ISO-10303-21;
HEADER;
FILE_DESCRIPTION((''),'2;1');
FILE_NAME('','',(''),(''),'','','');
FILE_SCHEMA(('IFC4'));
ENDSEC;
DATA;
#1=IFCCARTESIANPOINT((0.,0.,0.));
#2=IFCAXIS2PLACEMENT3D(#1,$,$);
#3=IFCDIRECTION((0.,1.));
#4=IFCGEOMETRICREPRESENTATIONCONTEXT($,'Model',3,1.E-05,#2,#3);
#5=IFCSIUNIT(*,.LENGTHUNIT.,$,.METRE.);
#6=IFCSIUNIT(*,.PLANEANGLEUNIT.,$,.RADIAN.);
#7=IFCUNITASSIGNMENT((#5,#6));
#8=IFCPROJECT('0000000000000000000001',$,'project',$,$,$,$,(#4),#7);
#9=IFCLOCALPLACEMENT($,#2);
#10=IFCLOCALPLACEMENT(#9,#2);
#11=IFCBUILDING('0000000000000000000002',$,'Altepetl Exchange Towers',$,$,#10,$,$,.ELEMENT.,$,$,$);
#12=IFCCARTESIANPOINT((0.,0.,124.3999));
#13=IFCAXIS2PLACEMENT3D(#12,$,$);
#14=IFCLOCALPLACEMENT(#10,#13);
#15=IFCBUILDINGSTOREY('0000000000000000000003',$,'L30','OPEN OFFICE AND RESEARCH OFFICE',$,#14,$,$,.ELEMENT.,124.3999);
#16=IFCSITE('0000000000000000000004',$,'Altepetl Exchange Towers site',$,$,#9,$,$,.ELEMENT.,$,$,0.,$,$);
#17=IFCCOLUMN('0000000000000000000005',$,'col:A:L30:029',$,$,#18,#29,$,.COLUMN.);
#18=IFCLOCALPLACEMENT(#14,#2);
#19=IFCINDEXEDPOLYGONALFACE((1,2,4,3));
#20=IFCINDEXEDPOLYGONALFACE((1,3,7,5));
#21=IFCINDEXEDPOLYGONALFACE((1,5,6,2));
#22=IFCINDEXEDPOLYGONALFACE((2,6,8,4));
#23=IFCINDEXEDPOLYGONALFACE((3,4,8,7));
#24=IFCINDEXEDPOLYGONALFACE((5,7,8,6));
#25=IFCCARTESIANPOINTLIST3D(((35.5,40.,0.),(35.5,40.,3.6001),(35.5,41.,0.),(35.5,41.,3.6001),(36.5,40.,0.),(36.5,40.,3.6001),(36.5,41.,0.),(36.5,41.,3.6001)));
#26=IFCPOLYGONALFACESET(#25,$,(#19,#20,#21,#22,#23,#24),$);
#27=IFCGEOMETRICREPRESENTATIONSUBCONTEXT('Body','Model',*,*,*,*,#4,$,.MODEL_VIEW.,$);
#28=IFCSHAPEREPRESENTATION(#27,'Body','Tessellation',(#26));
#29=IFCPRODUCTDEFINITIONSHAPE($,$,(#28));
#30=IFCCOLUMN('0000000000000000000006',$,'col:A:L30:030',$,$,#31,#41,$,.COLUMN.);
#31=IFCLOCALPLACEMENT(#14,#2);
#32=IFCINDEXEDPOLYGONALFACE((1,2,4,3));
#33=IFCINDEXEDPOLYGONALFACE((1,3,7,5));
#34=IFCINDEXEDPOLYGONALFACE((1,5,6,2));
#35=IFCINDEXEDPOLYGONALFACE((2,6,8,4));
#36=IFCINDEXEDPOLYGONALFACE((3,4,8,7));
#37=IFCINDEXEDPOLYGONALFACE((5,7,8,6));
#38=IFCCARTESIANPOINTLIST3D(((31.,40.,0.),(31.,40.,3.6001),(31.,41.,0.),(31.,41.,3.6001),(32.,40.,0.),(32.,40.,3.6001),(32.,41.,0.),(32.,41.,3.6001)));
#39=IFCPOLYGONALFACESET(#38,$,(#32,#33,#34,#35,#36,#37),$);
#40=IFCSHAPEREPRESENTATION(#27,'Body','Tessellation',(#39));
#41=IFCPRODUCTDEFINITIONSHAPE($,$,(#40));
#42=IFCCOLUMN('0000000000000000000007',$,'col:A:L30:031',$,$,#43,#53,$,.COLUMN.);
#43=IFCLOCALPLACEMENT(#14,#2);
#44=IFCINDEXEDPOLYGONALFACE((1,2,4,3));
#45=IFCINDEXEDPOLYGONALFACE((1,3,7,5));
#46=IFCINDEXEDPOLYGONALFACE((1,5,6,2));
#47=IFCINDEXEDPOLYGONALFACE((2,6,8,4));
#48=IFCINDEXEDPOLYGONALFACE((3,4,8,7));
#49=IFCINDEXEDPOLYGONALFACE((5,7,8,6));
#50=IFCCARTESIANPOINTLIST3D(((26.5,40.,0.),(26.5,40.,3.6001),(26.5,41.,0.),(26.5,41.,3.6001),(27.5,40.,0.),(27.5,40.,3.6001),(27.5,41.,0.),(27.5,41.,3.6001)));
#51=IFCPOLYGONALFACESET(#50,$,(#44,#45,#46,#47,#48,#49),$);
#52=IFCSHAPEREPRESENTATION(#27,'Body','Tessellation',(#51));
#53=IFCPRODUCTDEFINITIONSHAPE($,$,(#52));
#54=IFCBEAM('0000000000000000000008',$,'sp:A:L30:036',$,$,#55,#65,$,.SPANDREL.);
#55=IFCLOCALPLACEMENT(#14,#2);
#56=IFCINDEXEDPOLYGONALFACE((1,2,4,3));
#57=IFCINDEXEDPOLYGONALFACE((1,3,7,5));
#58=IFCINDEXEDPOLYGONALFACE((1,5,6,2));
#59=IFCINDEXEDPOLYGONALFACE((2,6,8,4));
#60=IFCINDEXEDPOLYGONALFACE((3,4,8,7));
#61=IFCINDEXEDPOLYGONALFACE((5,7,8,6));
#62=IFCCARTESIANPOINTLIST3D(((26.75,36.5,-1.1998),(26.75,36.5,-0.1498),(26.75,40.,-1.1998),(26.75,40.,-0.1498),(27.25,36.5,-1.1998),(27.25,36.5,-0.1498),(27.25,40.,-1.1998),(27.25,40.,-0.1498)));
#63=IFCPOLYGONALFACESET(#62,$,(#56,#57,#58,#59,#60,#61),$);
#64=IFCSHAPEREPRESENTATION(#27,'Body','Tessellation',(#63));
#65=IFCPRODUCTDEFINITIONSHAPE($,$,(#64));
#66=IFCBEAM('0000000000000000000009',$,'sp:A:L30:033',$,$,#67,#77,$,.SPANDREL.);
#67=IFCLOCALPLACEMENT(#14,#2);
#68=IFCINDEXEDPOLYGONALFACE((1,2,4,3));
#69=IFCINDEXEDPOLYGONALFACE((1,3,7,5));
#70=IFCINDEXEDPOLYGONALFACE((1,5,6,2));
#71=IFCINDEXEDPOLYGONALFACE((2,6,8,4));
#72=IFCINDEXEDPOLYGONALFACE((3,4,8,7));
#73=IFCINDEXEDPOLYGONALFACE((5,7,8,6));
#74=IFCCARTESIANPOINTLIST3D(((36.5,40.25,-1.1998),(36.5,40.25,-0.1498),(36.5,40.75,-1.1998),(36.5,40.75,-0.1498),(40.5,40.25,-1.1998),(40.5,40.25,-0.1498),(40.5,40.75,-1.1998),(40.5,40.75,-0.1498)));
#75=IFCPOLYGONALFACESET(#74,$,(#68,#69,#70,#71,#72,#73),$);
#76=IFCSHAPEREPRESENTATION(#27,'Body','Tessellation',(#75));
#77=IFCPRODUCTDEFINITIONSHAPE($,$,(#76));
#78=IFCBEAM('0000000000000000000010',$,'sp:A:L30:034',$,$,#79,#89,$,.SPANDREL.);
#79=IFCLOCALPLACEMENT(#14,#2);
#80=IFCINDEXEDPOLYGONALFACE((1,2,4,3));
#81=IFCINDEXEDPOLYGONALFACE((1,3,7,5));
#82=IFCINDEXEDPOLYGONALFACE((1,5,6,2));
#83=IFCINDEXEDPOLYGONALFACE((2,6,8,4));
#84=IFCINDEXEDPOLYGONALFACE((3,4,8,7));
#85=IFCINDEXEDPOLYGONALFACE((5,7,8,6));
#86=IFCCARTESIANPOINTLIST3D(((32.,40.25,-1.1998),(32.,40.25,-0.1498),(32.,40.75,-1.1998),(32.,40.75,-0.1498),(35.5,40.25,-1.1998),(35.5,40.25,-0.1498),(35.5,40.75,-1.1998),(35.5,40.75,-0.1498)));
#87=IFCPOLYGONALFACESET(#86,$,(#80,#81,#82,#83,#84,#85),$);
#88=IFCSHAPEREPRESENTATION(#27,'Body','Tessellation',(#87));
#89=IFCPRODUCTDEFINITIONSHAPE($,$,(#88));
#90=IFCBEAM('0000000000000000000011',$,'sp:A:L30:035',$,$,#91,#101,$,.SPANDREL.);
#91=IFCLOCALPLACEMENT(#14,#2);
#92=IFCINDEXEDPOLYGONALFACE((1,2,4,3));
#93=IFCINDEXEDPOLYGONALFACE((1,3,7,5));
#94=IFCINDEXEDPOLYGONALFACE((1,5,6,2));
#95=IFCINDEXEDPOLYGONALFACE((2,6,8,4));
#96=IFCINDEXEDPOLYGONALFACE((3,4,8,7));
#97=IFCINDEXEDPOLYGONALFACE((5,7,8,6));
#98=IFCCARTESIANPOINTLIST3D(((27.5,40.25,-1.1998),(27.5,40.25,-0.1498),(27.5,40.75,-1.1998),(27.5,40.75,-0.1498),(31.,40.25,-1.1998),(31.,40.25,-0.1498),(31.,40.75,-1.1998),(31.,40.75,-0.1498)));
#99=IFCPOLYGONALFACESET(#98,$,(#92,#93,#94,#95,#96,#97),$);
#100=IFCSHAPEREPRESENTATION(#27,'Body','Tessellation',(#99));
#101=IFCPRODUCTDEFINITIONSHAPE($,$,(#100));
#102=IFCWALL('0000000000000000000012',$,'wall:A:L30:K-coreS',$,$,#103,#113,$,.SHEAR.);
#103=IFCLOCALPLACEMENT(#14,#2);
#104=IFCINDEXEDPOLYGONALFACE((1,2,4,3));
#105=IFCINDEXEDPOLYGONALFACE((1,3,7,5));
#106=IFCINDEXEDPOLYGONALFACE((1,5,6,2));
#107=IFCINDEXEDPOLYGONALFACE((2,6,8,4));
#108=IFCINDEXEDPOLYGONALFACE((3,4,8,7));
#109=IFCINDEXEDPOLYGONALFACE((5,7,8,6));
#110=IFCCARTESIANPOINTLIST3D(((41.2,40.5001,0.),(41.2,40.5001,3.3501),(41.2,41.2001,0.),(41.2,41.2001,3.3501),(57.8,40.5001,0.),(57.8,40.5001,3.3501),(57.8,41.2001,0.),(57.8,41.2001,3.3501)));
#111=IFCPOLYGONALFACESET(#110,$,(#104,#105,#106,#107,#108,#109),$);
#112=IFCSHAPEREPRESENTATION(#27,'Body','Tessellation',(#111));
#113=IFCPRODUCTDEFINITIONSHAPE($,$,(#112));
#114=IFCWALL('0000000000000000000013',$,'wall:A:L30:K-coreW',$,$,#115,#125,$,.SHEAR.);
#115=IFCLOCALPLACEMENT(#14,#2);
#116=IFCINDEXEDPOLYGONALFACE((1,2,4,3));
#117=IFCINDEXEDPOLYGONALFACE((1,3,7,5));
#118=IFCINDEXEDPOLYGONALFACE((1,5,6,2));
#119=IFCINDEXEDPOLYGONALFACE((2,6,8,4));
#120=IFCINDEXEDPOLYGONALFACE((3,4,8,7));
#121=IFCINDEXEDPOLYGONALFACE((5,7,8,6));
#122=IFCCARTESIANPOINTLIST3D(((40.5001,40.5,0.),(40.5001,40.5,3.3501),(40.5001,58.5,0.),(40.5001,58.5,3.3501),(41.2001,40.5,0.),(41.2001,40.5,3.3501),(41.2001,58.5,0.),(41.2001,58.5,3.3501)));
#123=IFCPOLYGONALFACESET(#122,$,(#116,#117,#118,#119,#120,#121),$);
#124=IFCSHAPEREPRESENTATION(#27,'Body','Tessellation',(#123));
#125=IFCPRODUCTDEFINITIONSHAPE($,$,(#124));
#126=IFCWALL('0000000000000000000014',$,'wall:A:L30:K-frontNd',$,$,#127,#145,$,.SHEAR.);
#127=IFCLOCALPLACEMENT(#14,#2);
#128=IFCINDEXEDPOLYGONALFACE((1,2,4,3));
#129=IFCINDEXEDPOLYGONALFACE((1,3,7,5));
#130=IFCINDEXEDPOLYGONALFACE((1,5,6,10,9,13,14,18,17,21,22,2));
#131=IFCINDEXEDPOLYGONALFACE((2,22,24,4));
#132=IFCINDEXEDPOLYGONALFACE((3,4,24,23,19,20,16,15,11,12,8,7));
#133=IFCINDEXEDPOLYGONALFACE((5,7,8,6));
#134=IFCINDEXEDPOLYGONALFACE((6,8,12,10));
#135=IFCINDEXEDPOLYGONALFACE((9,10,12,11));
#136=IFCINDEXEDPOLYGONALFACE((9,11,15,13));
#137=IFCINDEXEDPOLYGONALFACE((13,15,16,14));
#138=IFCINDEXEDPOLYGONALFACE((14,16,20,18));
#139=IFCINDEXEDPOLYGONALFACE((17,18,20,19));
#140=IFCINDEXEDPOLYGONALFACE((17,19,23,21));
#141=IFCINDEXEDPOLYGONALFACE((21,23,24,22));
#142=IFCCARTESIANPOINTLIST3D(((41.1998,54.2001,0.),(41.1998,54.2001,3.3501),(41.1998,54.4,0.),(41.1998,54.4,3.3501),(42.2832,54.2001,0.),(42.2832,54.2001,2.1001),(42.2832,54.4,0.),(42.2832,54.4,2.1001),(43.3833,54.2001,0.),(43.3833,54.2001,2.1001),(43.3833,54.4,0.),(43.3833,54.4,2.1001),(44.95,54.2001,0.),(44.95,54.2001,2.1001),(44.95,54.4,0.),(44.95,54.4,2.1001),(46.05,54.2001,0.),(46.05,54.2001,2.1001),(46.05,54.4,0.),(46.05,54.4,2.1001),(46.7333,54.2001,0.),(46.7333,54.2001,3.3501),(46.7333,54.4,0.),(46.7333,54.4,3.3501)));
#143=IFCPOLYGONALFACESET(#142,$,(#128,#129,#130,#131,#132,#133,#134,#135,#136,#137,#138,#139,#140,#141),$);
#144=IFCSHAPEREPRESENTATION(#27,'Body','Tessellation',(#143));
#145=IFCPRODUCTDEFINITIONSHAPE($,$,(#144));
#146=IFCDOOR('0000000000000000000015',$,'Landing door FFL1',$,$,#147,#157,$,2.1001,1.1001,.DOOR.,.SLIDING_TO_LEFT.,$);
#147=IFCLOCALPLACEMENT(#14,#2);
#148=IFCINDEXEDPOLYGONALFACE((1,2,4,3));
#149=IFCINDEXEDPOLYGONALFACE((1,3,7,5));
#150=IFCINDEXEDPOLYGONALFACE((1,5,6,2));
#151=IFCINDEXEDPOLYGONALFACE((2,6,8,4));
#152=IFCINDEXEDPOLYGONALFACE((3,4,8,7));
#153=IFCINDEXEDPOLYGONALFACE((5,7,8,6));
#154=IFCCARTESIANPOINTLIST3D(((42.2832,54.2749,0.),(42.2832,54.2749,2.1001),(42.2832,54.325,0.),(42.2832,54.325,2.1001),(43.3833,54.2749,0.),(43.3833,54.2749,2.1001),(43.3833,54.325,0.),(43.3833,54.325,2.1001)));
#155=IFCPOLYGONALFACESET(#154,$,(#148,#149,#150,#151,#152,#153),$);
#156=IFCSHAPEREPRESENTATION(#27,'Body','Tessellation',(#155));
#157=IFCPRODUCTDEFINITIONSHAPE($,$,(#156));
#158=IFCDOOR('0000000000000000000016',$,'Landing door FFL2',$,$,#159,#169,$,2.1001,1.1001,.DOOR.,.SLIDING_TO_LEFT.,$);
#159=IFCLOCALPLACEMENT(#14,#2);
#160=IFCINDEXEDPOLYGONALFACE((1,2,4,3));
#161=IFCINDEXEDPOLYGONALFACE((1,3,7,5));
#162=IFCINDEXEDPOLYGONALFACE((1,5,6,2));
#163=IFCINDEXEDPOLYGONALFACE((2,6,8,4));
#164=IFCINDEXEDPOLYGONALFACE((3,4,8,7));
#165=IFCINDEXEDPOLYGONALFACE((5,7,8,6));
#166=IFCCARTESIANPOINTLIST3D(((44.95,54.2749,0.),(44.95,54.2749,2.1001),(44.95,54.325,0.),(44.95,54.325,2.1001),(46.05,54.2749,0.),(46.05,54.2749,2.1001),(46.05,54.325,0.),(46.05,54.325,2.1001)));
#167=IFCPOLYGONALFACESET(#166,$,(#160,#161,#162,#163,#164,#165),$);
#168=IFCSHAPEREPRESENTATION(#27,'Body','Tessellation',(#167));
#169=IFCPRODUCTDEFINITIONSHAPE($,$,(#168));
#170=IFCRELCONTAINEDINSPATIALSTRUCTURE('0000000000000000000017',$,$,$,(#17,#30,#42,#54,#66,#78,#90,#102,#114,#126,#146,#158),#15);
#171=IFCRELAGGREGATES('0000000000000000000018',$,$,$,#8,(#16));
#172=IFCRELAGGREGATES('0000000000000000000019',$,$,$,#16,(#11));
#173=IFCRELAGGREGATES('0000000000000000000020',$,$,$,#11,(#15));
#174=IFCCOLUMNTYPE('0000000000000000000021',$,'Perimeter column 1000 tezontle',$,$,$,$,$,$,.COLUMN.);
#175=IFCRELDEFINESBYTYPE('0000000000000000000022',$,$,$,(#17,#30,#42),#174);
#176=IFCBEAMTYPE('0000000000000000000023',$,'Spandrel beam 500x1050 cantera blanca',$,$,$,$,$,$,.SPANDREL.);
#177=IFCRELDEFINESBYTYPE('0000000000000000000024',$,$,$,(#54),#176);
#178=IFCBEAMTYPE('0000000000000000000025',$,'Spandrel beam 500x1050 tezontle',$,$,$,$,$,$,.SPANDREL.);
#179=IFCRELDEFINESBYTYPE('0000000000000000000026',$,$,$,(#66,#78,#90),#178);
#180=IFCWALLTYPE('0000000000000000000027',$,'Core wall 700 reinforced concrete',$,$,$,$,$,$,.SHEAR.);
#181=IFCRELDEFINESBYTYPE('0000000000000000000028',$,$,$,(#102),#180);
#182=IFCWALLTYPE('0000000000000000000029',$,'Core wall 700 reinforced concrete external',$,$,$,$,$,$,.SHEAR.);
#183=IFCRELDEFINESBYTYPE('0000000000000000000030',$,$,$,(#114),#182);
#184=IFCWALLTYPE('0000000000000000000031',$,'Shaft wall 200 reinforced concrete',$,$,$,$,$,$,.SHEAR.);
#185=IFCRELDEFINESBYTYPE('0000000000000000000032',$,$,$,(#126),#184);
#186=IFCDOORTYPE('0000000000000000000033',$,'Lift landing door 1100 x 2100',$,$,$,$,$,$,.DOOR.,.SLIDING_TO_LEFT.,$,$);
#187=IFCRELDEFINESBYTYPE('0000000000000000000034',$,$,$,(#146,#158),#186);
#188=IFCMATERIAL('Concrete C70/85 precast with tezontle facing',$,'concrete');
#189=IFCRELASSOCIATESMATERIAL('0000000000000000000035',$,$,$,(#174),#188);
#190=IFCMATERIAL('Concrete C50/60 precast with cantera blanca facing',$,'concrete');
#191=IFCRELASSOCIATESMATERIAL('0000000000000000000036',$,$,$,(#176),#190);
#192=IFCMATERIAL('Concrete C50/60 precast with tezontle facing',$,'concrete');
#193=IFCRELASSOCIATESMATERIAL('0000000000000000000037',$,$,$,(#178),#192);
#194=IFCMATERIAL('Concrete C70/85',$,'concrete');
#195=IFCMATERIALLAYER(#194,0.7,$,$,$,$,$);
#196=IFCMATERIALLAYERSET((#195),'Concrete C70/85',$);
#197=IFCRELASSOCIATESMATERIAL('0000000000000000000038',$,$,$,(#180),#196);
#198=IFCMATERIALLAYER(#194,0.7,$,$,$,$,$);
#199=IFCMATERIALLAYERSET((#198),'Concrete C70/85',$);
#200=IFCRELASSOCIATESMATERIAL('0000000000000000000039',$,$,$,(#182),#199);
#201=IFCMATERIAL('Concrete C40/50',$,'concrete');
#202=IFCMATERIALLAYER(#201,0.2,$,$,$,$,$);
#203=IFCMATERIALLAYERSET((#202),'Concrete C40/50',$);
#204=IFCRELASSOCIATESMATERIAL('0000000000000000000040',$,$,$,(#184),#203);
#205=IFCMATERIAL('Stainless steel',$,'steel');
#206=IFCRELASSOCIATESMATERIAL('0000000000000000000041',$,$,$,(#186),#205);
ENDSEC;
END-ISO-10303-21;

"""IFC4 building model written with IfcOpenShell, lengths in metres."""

from ifc_helpers import new_model, si_unit, direction, frame, frame_2d, origin, origin_2d, place, context, subcontext, project, spatial, rectangle, extrude, material, layer, layer_set, material_profile, profile_set, type_object, element, fill, save


model = new_model("IFC4")

# Units and contexts
model_context = context("Model", 3, precision=1e-05, world=origin(), true_north=direction((0.0, 1.0)))
body_context = subcontext(model_context, "Body", "Model", "MODEL_VIEW")
ifc_project = project(units=[si_unit("LENGTHUNIT", "METRE"), si_unit("PLANEANGLEUNIT", "RADIAN")], contexts=[model_context])

# Site, building, storey
site_placement = place(None, origin())
site = spatial("IfcSite", under=ifc_project, at=site_placement, Name="Altepetl Exchange Towers site", CompositionType="ELEMENT", RefElevation=0.0)
building_placement = place(site_placement, origin())
building = spatial("IfcBuilding", under=site, at=building_placement, Name="Altepetl Exchange Towers", CompositionType="ELEMENT")
storey_placement = place(building_placement, frame((0.0, 0.0, 124.3999)))
storey = spatial("IfcBuildingStorey", under=building, at=storey_placement, Name="L30", Description="OPEN OFFICE AND RESEARCH OFFICE", CompositionType="ELEMENT", Elevation=124.3999)

# Columns
ifc_material_1 = material(Name="Concrete C70/85 precast with tezontle facing", Category="concrete")
ifc_material_profile_1 = material_profile(ifc_material_1, rectangle(XDim=1.0, YDim=1.0, at=origin_2d()), Name="1000 x 1000")
ifc_profile_set_1 = profile_set([ifc_material_profile_1], Name="Concrete C70/85 precast with tezontle facing")
column_type = type_object("IfcColumnType", Name="Perimeter column 1000 tezontle", PredefinedType="COLUMN", material=ifc_profile_set_1)
for number, where, name in (
    (1, (36.0, 40.5, 0.0), "col:A:L30:029"),
    (2, (31.5, 40.5, 0.0), "col:A:L30:030"),
    (3, (27.0, 40.5, 0.0), "col:A:L30:031"),
):
    element("IfcColumn", number, at=place(storey_placement, frame(where)), inside=storey, type_object=column_type, Name=name, PredefinedType="COLUMN", context=body_context, shape_type="SweptSolid", body=[
        extrude(rectangle(XDim=1.0, YDim=1.0, at=origin_2d()), origin(), (0.0, 0.0, 1.0), 3.6001),
    ])

# Beams
ifc_material_2 = material(Name="Concrete C50/60 precast with cantera blanca facing", Category="concrete")
ifc_material_profile_2 = material_profile(ifc_material_2, rectangle(XDim=0.5, YDim=1.05, at=origin_2d()), Name="500 x 1050")
ifc_profile_set_2 = profile_set([ifc_material_profile_2], Name="Concrete C50/60 precast with cantera blanca facing")
beam_type_1 = type_object("IfcBeamType", Name="Spandrel beam 500x1050 cantera blanca", PredefinedType="SPANDREL", material=ifc_profile_set_2)
beam_1_placement = place(storey_placement, frame((27.0, 40.0, -0.6748), z_axis=(0.0, -1.0, 0.0), x_axis=(1.0, 0.0, 0.0)))
element("IfcBeam", 4, at=beam_1_placement, inside=storey, type_object=beam_type_1, Name="sp:A:L30:036", PredefinedType="SPANDREL", context=body_context, shape_type="SweptSolid", body=[
    extrude(rectangle(XDim=0.5, YDim=1.05, at=origin_2d()), origin(), (0.0, 0.0, 1.0), 3.5),
])
ifc_material_3 = material(Name="Concrete C50/60 precast with tezontle facing", Category="concrete")
ifc_material_profile_3 = material_profile(ifc_material_3, rectangle(XDim=0.5, YDim=1.05, at=origin_2d()), Name="500 x 1050")
ifc_profile_set_3 = profile_set([ifc_material_profile_3], Name="Concrete C50/60 precast with tezontle facing")
beam_type_2 = type_object("IfcBeamType", Name="Spandrel beam 500x1050 tezontle", PredefinedType="SPANDREL", material=ifc_profile_set_3)
beam_2_placement = place(storey_placement, frame((40.5, 40.5, -0.6748), z_axis=(-1.0, 0.0, 0.0), x_axis=(0.0, -1.0, 0.0)))
element("IfcBeam", 5, at=beam_2_placement, inside=storey, type_object=beam_type_2, Name="sp:A:L30:033", PredefinedType="SPANDREL", context=body_context, shape_type="SweptSolid", body=[
    extrude(rectangle(XDim=0.5, YDim=1.05, at=origin_2d()), origin(), (0.0, 0.0, 1.0), 4.0),
])
for number, where, z_axis, x_axis, name in (
    (6, (35.5, 40.5, -0.6748), (-1.0, 0.0, 0.0), (0.0, -1.0, 0.0), "sp:A:L30:034"),
    (7, (31.0, 40.5, -0.6748), (-1.0, 0.0, 0.0), (0.0, -1.0, 0.0), "sp:A:L30:035"),
):
    element("IfcBeam", number, at=place(storey_placement, frame(where, z_axis=z_axis, x_axis=x_axis)), inside=storey, type_object=beam_type_2, Name=name, PredefinedType="SPANDREL", context=body_context, shape_type="SweptSolid", body=[
        extrude(rectangle(XDim=0.5, YDim=1.05, at=origin_2d()), origin(), (0.0, 0.0, 1.0), 3.5),
    ])

# Walls
ifc_material_4 = material(Name="Concrete C70/85", Category="concrete")
ifc_layer_1 = layer(ifc_material_4, 0.7)
ifc_layer_set_1 = layer_set([ifc_layer_1], Name="Concrete C70/85")
wall_type_1 = type_object("IfcWallType", Name="Core wall 700 reinforced concrete", PredefinedType="SHEAR", material=ifc_layer_set_1)
wall_1_placement = place(storey_placement, frame((41.2, 40.8501, 0.0)))
element("IfcWall", 8, at=wall_1_placement, inside=storey, type_object=wall_type_1, Name="wall:A:L30:K-coreS", PredefinedType="SHEAR", context=body_context, shape_type="SweptSolid", body=[
    extrude(rectangle(XDim=16.6001, YDim=0.7, at=frame_2d((8.3, 0.0))), origin(), (0.0, 0.0, 1.0), 3.3501),
])
ifc_layer_2 = layer(ifc_material_4, 0.7)
ifc_layer_set_2 = layer_set([ifc_layer_2], Name="Concrete C70/85")
wall_type_2 = type_object("IfcWallType", Name="Core wall 700 reinforced concrete external", PredefinedType="SHEAR", material=ifc_layer_set_2)
wall_2_placement = place(storey_placement, frame((40.8501, 40.5, 0.0), z_axis=(0.0, 0.0, 1.0), x_axis=(0.0, 1.0, 0.0)))
element("IfcWall", 9, at=wall_2_placement, inside=storey, type_object=wall_type_2, Name="wall:A:L30:K-coreW", PredefinedType="SHEAR", context=body_context, shape_type="SweptSolid", body=[
    extrude(rectangle(XDim=18.0, YDim=0.7, at=frame_2d((9.0, 0.0))), origin(), (0.0, 0.0, 1.0), 3.3501),
])

# Wall, openings, doors
ifc_material_5 = material(Name="Concrete C40/50", Category="concrete")
ifc_layer_3 = layer(ifc_material_5, 0.2)
ifc_layer_set_3 = layer_set([ifc_layer_3], Name="Concrete C40/50")
wall_type_3 = type_object("IfcWallType", Name="Shaft wall 200 reinforced concrete", PredefinedType="SHEAR", material=ifc_layer_set_3)
wall_3_placement = place(storey_placement, frame((41.2, 54.3, 0.0)))
wall_3 = element("IfcWall", 10, at=wall_3_placement, inside=storey, type_object=wall_type_3, Name="wall:A:L30:K-frontNd", PredefinedType="SHEAR", context=body_context, shape_type="SweptSolid", body=[
    extrude(rectangle(XDim=5.5334, YDim=0.2, at=frame_2d((2.7666, 0.0))), origin(), (0.0, 0.0, 1.0), 3.3501),
])
opening_1_placement = place(wall_3_placement, frame((1.0833, 0.0, 0.0)))
opening_1 = element("IfcOpeningElement", 11, at=opening_1_placement, cuts=wall_3, PredefinedType="OPENING", context=body_context, shape_type="SweptSolid", body=[
    extrude(rectangle(XDim=1.1001, YDim=2.1001, at=frame_2d((0.55, 1.05))), frame((0.0, 0.1099, 0.0), z_axis=(0.0, -1.0, 0.0), x_axis=(1.0, 0.0, 0.0)), (0.0, 0.0, 1.0), 0.22),
])
opening_2_placement = place(wall_3_placement, frame((3.75, 0.0, 0.0)))
opening_2 = element("IfcOpeningElement", 12, at=opening_2_placement, cuts=wall_3, PredefinedType="OPENING", context=body_context, shape_type="SweptSolid", body=[
    extrude(rectangle(XDim=1.1001, YDim=2.1001, at=frame_2d((0.55, 1.05))), frame((0.0, 0.1099, 0.0), z_axis=(0.0, -1.0, 0.0), x_axis=(1.0, 0.0, 0.0)), (0.0, 0.0, 1.0), 0.22),
])
ifc_material_6 = material(Name="Stainless steel", Category="steel")
door_type_1 = type_object("IfcDoorType", Name="Lift landing door 1100 x 2100", OperationType="SLIDING_TO_LEFT", PredefinedType="DOOR", material=ifc_material_6)
door_1_placement = place(opening_1_placement, origin())
door_1 = element("IfcDoor", 13, at=door_1_placement, inside=storey, type_object=door_type_1, Name="Landing door FFL1", OperationType="SLIDING_TO_LEFT", OverallHeight=2.1001, OverallWidth=1.1001, PredefinedType="DOOR", context=body_context, shape_type="SweptSolid", body=[
    extrude(rectangle(XDim=1.1001, YDim=2.1001, at=frame_2d((0.55, 1.05))), frame((0.0, 0.0249, 0.0), z_axis=(0.0, -1.0, 0.0), x_axis=(1.0, 0.0, 0.0)), (0.0, 0.0, 1.0), 0.05),
])
fill(opening_1, door_1)
door_2_placement = place(opening_2_placement, origin())
door_2 = element("IfcDoor", 14, at=door_2_placement, inside=storey, type_object=door_type_1, Name="Landing door FFL2", OperationType="SLIDING_TO_LEFT", OverallHeight=2.1001, OverallWidth=1.1001, PredefinedType="DOOR", context=body_context, shape_type="SweptSolid", body=[
    extrude(rectangle(XDim=1.1001, YDim=2.1001, at=frame_2d((0.55, 1.05))), frame((0.0, 0.0249, 0.0), z_axis=(0.0, -1.0, 0.0), x_axis=(1.0, 0.0, 0.0)), (0.0, 0.0, 1.0), 0.05),
])
fill(opening_2, door_2)

save(model, "model.ifc")
